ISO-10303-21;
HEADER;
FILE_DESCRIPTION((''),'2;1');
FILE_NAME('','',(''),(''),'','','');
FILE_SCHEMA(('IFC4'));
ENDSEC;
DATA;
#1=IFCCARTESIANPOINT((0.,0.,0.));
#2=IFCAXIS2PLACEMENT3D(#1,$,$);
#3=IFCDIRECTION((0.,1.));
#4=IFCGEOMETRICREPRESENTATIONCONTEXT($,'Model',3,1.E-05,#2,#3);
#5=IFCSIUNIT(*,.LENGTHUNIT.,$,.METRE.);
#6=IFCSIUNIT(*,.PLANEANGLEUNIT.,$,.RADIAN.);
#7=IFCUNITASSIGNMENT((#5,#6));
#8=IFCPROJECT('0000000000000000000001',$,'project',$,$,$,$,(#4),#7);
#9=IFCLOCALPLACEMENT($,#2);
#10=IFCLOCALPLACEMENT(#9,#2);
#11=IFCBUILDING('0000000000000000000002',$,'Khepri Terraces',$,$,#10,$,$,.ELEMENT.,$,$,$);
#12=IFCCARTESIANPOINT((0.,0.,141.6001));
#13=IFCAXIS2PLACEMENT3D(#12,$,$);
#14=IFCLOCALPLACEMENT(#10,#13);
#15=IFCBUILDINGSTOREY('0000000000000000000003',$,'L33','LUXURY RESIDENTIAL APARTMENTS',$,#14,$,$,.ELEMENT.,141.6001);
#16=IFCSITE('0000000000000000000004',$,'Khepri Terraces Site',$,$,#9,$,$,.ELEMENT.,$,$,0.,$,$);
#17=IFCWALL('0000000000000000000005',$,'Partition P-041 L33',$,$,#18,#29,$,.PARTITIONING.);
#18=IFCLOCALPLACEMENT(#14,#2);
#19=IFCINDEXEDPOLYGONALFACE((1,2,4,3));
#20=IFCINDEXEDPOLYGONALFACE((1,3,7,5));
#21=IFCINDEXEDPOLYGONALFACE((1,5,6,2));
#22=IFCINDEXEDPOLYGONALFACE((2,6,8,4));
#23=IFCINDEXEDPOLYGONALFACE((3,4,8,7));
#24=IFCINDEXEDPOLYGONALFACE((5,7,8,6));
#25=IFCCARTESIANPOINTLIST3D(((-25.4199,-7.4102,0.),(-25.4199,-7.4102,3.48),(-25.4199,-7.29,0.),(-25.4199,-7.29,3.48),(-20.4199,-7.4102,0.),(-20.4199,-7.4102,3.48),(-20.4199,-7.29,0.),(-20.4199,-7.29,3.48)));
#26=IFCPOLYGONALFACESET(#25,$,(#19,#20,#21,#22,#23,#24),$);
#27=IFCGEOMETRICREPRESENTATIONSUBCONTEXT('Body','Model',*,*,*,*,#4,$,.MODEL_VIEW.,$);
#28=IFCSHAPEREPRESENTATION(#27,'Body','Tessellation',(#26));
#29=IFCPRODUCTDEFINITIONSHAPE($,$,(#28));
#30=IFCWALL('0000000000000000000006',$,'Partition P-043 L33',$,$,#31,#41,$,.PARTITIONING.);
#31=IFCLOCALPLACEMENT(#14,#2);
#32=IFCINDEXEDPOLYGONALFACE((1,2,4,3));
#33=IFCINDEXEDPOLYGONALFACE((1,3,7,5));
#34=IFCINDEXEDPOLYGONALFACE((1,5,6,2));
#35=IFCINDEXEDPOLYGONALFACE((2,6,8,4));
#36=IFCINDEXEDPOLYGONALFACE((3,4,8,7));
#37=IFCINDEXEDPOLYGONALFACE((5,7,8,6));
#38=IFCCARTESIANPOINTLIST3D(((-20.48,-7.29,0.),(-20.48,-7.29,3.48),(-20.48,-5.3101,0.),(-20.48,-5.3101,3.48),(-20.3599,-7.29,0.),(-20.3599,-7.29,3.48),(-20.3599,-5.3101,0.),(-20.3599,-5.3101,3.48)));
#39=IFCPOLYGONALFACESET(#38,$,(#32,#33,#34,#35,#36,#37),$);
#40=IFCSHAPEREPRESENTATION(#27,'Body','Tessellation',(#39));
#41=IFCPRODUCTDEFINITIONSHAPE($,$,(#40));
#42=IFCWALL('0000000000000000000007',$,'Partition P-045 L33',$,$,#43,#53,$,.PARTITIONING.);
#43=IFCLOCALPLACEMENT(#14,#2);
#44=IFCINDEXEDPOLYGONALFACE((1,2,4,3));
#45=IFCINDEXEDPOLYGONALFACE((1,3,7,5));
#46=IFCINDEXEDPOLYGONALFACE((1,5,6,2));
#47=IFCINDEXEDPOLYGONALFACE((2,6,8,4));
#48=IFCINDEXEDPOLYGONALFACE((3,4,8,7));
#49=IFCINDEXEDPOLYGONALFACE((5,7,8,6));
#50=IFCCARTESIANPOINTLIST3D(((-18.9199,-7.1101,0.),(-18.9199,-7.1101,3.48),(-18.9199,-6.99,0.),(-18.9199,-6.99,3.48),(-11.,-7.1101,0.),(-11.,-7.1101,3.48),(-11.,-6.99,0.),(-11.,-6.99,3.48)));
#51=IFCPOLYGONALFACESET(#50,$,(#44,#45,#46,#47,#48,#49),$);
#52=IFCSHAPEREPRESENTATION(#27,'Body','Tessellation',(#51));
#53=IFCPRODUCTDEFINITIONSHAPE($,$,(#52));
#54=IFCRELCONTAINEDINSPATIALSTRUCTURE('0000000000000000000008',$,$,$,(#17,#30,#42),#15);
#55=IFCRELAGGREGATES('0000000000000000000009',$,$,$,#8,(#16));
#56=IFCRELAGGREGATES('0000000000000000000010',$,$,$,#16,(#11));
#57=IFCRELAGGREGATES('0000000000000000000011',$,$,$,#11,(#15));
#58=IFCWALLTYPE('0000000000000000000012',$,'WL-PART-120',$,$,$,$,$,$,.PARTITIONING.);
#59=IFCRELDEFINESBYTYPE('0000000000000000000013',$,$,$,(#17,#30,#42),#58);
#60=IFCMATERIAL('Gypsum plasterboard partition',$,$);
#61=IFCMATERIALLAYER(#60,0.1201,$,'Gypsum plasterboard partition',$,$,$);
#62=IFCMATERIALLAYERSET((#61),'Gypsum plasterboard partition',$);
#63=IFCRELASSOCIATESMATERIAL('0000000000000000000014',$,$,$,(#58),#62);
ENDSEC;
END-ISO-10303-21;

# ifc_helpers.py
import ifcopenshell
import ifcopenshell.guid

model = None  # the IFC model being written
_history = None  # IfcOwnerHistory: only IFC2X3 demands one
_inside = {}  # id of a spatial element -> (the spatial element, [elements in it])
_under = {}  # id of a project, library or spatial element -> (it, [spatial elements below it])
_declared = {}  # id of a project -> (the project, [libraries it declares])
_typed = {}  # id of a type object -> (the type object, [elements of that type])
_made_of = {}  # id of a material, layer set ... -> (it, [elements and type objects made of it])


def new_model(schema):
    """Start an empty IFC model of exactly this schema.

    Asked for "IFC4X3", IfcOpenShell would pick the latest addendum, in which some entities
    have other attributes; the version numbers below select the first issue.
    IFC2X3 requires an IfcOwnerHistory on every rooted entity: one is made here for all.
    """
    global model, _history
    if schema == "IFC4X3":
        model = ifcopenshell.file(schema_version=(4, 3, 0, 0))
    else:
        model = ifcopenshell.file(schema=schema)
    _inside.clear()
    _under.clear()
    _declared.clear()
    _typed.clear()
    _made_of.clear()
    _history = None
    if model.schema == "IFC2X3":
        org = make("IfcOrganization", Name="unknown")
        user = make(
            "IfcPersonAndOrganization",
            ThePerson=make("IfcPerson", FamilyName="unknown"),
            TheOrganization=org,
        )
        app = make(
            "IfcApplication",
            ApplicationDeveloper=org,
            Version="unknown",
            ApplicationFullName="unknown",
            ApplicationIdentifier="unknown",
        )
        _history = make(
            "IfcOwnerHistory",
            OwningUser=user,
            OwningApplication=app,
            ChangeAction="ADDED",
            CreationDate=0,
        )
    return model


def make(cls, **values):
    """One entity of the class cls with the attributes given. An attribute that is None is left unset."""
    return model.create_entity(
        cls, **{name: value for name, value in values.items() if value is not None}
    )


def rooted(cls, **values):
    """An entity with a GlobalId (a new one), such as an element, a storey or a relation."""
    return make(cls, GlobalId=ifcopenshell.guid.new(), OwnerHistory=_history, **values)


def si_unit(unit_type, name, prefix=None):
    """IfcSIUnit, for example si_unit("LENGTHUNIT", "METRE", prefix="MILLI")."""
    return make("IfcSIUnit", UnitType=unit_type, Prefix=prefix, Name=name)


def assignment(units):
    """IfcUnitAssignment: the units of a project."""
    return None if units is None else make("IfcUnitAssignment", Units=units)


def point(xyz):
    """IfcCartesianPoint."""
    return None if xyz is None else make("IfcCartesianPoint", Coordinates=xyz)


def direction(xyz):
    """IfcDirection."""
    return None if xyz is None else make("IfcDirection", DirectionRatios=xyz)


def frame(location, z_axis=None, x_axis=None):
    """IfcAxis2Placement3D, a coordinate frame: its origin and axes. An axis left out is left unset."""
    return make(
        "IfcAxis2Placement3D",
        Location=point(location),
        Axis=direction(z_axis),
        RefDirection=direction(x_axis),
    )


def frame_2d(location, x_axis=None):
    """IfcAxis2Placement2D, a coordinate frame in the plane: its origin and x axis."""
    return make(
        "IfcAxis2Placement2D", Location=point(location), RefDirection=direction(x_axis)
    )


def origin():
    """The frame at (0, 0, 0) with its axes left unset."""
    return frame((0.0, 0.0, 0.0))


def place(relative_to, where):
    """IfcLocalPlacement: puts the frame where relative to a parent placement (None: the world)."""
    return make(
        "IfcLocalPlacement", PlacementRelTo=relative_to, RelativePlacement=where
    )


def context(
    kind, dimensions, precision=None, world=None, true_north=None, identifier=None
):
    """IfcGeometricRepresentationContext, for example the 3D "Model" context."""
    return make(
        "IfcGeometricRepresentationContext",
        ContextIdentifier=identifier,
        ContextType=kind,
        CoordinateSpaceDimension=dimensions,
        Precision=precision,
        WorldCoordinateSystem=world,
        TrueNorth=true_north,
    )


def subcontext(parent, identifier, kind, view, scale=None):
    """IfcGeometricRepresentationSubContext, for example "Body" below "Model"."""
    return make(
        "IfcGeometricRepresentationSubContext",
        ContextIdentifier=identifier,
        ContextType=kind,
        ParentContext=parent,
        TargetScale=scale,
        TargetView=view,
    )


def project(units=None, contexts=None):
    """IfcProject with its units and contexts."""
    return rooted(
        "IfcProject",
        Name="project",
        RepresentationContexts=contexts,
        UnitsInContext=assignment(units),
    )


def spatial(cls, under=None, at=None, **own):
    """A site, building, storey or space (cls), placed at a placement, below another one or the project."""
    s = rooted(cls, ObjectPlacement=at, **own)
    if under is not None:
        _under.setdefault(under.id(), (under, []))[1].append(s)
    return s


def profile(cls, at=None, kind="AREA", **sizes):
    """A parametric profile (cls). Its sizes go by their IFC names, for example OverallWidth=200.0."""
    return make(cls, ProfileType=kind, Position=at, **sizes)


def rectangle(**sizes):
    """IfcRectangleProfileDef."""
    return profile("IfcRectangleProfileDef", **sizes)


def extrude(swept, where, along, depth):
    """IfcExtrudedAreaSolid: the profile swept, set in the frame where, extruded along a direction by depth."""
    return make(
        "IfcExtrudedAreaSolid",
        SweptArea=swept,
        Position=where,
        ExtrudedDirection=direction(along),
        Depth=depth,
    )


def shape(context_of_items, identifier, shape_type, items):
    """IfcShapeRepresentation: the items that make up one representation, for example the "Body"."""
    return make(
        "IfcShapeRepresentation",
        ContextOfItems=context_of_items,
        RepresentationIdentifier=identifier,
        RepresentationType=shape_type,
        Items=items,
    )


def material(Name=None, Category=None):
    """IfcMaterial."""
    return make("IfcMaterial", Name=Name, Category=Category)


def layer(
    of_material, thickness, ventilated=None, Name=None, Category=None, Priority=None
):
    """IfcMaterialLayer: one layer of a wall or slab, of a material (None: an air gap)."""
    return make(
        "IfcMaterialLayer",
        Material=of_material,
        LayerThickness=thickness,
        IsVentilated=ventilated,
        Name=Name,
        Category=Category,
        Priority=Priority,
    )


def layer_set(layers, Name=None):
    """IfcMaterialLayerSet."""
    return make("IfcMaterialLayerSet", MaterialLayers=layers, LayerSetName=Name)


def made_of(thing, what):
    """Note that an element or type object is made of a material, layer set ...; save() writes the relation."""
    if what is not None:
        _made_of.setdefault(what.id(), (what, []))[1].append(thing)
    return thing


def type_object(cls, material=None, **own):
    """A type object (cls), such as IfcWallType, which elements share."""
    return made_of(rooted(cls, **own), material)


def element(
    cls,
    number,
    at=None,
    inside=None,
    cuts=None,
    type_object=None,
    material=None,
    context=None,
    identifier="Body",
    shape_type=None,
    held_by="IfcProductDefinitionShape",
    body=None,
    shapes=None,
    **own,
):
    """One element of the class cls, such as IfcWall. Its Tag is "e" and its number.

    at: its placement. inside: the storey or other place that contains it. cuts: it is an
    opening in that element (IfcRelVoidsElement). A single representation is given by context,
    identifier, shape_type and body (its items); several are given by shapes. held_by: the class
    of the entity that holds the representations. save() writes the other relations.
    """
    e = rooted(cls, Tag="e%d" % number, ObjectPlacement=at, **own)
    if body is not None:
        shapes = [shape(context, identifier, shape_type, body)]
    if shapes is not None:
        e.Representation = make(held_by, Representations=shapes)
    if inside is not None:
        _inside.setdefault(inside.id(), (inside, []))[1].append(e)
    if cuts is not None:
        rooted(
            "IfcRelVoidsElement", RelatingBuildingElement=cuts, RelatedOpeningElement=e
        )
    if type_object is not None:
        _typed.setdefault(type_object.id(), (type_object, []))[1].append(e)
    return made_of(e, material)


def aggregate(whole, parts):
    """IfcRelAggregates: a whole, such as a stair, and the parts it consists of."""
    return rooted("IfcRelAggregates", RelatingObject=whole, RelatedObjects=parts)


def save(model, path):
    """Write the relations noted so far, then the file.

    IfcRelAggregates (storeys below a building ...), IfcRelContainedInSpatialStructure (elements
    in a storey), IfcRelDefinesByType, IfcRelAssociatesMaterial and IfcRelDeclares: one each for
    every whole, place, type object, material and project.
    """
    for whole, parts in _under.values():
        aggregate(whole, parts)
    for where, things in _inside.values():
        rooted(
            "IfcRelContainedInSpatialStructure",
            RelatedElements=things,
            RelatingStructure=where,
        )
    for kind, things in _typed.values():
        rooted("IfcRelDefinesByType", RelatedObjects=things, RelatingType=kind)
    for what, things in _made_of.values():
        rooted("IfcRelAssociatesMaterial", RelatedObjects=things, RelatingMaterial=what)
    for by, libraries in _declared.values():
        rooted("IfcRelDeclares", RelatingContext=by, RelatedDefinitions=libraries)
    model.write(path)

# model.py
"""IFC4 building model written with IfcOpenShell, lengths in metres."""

from ifc_helpers import new_model, si_unit, direction, frame, frame_2d, origin, place, context, subcontext, project, spatial, rectangle, extrude, material, layer, layer_set, type_object, element, save


model = new_model("IFC4")

# Units and contexts
model_context = context("Model", 3, precision=1e-05, world=origin(), true_north=direction((0.0, 1.0)))
body_context = subcontext(model_context, "Body", "Model", "MODEL_VIEW")
ifc_project = project(units=[si_unit("LENGTHUNIT", "METRE"), si_unit("PLANEANGLEUNIT", "RADIAN")], contexts=[model_context])

# Site, building, storey
site_placement = place(None, origin())
site = spatial("IfcSite", under=ifc_project, at=site_placement, Name="Khepri Terraces Site", CompositionType="ELEMENT", RefElevation=0.0)
building_placement = place(site_placement, origin())
building = spatial("IfcBuilding", under=site, at=building_placement, Name="Khepri Terraces", CompositionType="ELEMENT")
storey_placement = place(building_placement, frame((0.0, 0.0, 141.6001)))
storey = spatial("IfcBuildingStorey", under=building, at=storey_placement, Name="L33", Description="LUXURY RESIDENTIAL APARTMENTS", CompositionType="ELEMENT", Elevation=141.6001)

# Shared definitions
ifc_material_1 = material(Name="Gypsum plasterboard partition")
ifc_layer_1 = layer(ifc_material_1, 0.1201, Name="Gypsum plasterboard partition")
ifc_layer_set_1 = layer_set([ifc_layer_1], Name="Gypsum plasterboard partition")
wall_type_1 = type_object("IfcWallType", Name="WL-PART-120", PredefinedType="PARTITIONING", material=ifc_layer_set_1)

# Walls
wall_1_placement = place(storey_placement, frame((-25.4199, -7.3501, 0.0), z_axis=(0.0, 0.0, 1.0), x_axis=(1.0, 0.0, 0.0)))
element("IfcWall", 1, at=wall_1_placement, inside=storey, type_object=wall_type_1, Name="Partition P-041 L33", PredefinedType="PARTITIONING", context=body_context, shape_type="SweptSolid", body=[
    extrude(rectangle(XDim=5.0, YDim=0.1201, at=frame_2d((2.5, 0.0))), origin(), (0.0, 0.0, 1.0), 3.48),
])
wall_2_placement = place(storey_placement, frame((-20.4199, -7.29, 0.0), z_axis=(0.0, 0.0, 1.0), x_axis=(0.0, 1.0, 0.0)))
element("IfcWall", 2, at=wall_2_placement, inside=storey, type_object=wall_type_1, Name="Partition P-043 L33", PredefinedType="PARTITIONING", context=body_context, shape_type="SweptSolid", body=[
    extrude(rectangle(XDim=1.98, YDim=0.1201, at=frame_2d((0.99, 0.0))), origin(), (0.0, 0.0, 1.0), 3.48),
])
wall_3_placement = place(storey_placement, frame((-18.9199, -7.05, 0.0), z_axis=(0.0, 0.0, 1.0), x_axis=(1.0, 0.0, 0.0)))
element("IfcWall", 3, at=wall_3_placement, inside=storey, type_object=wall_type_1, Name="Partition P-045 L33", PredefinedType="PARTITIONING", context=body_context, shape_type="SweptSolid", body=[
    extrude(rectangle(XDim=7.9199, YDim=0.1201, at=frame_2d((3.96, 0.0))), origin(), (0.0, 0.0, 1.0), 3.48),
])

save(model, "model.ifc")
